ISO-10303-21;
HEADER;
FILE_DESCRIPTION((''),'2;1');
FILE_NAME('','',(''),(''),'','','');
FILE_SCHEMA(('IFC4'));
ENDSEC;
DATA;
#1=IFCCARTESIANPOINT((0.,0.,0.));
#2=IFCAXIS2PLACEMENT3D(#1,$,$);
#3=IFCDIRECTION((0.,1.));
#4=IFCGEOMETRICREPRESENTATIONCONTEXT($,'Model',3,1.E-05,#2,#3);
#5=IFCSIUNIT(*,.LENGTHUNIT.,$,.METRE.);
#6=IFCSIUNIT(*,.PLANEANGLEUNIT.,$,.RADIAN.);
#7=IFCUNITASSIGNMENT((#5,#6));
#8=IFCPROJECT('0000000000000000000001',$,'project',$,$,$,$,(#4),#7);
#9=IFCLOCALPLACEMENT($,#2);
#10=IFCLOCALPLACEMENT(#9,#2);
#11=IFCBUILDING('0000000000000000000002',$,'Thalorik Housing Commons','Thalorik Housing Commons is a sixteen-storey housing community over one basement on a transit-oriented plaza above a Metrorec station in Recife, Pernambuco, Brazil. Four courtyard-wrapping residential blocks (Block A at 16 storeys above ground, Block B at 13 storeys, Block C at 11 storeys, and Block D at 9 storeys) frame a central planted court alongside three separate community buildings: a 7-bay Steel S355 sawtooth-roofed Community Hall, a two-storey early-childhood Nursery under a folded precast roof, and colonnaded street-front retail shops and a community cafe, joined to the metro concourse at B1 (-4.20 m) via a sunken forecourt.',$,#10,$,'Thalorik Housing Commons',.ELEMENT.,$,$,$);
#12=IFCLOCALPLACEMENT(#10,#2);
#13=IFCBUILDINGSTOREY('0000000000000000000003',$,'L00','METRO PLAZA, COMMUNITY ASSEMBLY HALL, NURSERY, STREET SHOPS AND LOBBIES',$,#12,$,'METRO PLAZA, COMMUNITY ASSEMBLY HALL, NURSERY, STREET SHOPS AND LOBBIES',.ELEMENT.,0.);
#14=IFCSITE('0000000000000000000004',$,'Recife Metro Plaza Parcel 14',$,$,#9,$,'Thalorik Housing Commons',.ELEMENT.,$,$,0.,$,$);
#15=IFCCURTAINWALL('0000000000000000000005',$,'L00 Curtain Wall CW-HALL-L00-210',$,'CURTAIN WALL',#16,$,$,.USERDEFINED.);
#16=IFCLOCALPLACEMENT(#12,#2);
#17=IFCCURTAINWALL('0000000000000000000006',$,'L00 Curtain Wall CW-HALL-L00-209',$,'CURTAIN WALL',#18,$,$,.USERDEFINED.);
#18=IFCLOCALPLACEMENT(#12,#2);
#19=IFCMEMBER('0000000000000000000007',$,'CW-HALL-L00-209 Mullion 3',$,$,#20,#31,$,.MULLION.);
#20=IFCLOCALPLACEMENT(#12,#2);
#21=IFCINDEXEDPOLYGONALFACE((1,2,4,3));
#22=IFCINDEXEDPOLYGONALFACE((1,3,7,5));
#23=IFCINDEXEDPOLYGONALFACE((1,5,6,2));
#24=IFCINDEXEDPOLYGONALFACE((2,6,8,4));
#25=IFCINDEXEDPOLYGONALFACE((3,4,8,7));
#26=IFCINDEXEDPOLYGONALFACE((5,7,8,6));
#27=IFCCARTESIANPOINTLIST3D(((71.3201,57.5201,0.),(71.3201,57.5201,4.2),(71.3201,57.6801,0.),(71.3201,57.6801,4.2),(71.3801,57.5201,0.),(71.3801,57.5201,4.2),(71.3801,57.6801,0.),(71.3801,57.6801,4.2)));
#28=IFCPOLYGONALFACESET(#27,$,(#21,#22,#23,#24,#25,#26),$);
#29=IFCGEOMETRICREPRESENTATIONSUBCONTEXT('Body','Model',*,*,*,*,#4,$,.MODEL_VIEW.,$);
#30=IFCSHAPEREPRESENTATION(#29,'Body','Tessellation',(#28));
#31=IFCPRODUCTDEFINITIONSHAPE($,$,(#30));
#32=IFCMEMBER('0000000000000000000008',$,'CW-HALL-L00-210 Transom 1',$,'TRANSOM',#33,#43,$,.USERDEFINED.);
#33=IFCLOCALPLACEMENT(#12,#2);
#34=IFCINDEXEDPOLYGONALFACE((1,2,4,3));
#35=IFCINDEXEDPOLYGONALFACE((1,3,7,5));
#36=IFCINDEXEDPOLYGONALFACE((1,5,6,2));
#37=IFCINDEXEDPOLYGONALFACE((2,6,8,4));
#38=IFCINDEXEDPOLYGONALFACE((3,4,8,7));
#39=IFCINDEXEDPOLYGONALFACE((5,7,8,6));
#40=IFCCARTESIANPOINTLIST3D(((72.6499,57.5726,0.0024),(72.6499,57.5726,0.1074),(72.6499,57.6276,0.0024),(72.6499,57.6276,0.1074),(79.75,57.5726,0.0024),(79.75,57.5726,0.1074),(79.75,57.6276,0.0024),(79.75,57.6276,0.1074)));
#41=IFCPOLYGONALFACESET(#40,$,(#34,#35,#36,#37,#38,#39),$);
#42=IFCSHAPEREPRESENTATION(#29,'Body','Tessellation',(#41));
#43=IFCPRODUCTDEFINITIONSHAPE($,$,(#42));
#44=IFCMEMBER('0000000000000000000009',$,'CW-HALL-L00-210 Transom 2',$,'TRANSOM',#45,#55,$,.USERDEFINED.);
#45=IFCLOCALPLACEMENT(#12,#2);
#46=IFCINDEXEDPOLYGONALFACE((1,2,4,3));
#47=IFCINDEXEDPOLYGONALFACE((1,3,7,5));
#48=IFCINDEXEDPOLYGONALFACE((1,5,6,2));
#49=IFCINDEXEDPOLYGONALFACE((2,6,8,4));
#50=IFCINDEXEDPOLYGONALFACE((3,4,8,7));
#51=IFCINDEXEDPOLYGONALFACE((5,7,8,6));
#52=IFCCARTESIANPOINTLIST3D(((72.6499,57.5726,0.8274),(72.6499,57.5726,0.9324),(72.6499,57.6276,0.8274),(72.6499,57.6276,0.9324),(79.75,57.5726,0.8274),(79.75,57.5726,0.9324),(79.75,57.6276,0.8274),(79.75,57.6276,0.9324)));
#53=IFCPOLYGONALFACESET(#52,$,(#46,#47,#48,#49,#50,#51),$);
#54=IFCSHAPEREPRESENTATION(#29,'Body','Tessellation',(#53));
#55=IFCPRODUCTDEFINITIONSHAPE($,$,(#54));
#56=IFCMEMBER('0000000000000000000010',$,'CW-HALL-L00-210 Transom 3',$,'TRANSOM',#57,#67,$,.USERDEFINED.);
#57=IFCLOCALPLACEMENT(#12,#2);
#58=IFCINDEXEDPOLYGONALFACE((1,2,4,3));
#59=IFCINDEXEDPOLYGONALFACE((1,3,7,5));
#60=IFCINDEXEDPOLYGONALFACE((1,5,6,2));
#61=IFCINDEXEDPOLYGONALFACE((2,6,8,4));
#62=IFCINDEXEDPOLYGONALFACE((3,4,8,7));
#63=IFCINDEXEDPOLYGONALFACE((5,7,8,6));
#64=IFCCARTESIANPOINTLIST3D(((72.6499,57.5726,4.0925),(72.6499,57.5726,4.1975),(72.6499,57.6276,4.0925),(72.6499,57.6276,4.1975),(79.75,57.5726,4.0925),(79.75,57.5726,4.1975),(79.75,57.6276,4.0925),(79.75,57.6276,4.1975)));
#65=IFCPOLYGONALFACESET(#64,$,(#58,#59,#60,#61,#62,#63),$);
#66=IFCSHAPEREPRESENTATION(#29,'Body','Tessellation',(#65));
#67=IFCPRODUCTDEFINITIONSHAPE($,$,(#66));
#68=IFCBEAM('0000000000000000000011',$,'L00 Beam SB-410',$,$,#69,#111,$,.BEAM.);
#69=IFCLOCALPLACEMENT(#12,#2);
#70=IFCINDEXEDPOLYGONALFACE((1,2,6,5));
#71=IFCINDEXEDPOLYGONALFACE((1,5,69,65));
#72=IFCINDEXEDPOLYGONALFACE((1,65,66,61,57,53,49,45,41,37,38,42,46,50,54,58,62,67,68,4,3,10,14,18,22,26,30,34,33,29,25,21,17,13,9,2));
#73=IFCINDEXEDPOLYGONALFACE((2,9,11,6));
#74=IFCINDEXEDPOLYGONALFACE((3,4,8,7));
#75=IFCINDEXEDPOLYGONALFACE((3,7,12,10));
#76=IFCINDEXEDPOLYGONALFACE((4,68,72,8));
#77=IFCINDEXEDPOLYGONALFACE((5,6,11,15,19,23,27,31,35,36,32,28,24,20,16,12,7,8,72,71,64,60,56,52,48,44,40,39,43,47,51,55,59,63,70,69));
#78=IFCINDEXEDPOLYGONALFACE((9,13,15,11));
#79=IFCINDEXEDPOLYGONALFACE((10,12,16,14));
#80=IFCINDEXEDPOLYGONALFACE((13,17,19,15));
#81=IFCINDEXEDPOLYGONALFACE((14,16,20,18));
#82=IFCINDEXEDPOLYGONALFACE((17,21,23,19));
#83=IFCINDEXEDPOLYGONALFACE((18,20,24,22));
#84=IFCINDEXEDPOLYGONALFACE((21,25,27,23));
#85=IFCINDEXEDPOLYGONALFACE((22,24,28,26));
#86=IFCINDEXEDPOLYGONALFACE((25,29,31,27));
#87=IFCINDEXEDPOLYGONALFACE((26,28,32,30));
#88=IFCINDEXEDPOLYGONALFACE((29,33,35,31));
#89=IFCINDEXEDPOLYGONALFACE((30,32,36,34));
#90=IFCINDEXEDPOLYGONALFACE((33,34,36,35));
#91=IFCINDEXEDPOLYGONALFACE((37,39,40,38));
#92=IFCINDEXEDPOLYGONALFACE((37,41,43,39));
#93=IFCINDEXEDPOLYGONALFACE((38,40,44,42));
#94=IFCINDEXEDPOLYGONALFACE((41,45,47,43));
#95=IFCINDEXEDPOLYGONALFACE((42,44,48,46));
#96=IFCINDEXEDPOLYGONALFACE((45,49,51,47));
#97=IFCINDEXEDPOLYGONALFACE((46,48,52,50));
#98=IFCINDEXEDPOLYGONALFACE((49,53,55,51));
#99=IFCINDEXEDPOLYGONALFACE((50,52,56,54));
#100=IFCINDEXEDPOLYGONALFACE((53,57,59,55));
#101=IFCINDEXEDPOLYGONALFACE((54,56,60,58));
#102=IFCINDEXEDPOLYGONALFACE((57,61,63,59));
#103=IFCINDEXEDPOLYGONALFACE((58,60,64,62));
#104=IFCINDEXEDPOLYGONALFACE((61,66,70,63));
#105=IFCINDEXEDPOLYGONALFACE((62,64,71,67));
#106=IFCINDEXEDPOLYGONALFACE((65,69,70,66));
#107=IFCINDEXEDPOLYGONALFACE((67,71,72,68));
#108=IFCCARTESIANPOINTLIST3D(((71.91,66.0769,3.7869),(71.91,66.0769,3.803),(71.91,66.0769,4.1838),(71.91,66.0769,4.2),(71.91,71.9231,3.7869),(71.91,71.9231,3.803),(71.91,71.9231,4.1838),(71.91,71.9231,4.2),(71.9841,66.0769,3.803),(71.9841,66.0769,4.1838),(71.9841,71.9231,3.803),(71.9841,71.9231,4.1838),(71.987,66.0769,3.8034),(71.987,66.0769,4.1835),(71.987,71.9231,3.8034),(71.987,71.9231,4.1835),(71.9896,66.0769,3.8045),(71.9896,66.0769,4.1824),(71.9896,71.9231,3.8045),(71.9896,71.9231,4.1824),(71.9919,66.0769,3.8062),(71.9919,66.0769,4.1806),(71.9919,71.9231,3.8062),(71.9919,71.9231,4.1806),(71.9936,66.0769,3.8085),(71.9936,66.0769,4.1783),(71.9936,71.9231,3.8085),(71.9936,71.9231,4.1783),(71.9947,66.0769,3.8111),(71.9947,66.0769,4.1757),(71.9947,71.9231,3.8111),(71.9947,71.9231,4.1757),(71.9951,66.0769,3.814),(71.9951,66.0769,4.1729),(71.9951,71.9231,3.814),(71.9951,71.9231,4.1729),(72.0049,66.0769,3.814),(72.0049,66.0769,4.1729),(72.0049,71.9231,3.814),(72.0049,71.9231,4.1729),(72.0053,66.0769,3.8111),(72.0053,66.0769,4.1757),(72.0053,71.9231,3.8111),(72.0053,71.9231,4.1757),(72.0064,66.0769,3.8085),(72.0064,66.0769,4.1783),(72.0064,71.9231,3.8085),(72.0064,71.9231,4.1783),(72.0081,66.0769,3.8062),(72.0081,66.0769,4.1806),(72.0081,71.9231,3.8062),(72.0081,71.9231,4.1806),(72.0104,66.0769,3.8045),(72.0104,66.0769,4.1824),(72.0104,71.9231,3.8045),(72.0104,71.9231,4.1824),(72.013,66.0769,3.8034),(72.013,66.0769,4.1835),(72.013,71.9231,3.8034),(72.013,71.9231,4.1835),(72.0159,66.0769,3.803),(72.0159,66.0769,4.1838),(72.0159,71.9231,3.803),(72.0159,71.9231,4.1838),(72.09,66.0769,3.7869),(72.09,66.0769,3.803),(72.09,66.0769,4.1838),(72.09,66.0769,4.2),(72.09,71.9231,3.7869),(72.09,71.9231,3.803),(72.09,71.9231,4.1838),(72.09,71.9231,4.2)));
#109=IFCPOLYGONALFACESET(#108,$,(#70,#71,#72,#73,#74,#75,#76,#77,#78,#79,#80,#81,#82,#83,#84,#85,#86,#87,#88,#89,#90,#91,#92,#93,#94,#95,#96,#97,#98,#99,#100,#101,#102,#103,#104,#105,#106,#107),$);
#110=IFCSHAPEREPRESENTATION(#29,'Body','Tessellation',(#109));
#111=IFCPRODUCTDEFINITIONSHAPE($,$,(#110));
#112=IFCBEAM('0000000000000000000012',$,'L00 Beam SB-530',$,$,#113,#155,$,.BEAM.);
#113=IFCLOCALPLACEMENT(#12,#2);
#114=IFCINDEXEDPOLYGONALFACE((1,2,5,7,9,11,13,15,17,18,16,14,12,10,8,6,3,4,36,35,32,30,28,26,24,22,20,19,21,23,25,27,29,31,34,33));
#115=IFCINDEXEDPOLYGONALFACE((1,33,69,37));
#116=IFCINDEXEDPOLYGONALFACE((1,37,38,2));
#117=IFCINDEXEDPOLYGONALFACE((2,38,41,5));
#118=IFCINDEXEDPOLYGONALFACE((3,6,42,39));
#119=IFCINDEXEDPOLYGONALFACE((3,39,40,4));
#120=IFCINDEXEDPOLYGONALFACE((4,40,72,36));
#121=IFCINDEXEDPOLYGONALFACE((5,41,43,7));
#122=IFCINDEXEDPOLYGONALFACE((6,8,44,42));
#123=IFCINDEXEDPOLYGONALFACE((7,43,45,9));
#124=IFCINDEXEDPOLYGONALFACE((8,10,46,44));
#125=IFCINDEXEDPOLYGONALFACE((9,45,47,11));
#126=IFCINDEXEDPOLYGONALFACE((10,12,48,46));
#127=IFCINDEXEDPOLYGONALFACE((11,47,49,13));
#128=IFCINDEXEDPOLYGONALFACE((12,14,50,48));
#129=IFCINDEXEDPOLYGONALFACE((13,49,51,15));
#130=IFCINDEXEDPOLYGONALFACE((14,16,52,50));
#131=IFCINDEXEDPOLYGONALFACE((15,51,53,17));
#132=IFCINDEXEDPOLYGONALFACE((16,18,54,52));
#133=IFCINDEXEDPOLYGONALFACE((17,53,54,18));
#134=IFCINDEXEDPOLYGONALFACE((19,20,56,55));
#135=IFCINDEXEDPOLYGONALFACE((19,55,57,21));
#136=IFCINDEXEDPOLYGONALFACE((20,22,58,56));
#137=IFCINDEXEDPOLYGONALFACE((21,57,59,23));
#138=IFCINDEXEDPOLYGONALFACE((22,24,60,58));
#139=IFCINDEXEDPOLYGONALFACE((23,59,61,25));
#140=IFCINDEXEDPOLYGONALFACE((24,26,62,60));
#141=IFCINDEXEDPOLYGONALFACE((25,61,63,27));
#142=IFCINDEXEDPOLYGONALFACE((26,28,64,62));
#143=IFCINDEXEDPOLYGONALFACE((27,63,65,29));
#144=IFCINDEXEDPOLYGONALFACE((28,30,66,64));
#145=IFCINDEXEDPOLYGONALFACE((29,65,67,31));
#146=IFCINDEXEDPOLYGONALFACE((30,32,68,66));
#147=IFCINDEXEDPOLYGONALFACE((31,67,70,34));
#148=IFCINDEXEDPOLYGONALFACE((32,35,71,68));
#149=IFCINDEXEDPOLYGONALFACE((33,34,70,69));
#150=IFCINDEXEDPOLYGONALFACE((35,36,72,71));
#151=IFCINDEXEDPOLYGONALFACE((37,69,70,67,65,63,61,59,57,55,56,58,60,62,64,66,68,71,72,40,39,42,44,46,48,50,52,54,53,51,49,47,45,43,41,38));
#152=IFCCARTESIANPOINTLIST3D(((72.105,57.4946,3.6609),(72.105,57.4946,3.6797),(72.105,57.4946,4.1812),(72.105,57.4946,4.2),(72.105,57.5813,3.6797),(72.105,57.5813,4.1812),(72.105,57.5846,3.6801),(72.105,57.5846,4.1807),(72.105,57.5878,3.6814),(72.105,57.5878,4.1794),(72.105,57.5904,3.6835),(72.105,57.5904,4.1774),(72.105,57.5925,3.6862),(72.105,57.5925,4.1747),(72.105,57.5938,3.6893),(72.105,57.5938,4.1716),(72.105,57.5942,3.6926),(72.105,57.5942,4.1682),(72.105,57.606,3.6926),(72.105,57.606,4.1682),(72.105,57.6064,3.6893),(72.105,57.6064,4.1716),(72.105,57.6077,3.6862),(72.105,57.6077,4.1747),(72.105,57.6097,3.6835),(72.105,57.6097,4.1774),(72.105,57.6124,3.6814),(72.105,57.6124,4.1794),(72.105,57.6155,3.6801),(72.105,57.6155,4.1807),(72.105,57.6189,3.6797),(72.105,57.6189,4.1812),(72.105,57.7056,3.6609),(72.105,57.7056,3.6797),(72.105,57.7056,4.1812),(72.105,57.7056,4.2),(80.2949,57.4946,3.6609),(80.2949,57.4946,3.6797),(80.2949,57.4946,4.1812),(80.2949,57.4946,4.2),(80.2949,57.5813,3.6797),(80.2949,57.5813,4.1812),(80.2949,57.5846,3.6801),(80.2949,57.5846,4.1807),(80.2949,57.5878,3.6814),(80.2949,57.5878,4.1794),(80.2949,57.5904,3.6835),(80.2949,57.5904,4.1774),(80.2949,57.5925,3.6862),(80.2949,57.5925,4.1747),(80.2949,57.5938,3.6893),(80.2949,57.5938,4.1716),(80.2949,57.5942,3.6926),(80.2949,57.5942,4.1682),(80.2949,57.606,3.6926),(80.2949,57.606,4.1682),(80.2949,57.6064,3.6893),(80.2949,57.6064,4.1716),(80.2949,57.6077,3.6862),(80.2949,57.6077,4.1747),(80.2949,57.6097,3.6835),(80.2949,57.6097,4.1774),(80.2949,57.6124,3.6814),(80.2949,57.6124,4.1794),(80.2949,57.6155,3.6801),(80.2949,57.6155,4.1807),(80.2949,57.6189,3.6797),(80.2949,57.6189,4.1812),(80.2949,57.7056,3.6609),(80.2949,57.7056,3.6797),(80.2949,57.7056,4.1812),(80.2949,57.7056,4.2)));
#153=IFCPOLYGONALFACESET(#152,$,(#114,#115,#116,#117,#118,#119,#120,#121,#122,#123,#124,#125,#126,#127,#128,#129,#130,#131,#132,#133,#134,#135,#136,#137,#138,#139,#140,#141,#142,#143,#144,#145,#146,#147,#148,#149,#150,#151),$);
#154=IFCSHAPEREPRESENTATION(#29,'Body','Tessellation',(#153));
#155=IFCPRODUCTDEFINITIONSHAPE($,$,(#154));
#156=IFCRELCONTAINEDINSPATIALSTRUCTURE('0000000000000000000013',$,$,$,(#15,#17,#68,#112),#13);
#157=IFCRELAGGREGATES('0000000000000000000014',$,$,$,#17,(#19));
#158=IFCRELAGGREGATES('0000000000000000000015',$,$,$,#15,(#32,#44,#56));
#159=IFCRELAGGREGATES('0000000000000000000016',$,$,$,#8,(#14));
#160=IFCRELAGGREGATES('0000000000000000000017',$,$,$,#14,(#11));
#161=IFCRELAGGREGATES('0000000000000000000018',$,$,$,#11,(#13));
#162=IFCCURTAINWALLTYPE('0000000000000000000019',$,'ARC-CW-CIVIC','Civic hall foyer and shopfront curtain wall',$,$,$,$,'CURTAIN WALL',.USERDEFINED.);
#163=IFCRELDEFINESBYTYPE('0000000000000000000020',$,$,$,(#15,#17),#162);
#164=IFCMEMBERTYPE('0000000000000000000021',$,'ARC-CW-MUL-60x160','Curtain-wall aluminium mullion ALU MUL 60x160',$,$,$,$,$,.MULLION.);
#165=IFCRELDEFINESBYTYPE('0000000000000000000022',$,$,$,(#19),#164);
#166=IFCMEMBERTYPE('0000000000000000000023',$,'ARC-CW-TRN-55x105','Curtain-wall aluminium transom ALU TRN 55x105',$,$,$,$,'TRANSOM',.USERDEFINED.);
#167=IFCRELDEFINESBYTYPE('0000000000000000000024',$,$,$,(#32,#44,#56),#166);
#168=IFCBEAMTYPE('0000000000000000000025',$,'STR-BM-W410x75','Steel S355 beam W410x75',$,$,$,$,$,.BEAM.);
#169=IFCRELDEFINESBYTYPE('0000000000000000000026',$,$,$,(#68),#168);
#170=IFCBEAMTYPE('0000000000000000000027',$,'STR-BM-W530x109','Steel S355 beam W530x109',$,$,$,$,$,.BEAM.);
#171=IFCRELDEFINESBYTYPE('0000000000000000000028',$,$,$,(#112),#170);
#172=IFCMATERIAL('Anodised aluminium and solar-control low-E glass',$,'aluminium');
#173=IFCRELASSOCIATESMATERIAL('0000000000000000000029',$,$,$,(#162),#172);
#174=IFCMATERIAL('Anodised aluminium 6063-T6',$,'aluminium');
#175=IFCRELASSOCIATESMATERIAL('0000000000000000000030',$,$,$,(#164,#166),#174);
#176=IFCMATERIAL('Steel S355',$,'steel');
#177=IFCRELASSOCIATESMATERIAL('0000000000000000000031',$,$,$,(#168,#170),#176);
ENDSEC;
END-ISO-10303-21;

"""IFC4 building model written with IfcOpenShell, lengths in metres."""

from ifc_helpers import new_model, si_unit, direction, frame, origin, origin_2d, place, context, subcontext, project, spatial, rectangle, i_section, extrude, material, material_profile, profile_set, type_object, element, aggregate, save


model = new_model("IFC4")

# Units and contexts
model_context = context("Model", 3, precision=1e-05, world=origin(), true_north=direction((0.0, 1.0)))
body_context = subcontext(model_context, "Body", "Model", "MODEL_VIEW")
ifc_project = project(units=[si_unit("LENGTHUNIT", "METRE"), si_unit("PLANEANGLEUNIT", "RADIAN")], contexts=[model_context])

# Site, building, storey
site_placement = place(None, origin())
site = spatial("IfcSite", under=ifc_project, at=site_placement, Name="Recife Metro Plaza Parcel 14", LongName="Thalorik Housing Commons", CompositionType="ELEMENT", RefElevation=0.0)
building_placement = place(site_placement, origin())
building = spatial("IfcBuilding", under=site, at=building_placement, Name="Thalorik Housing Commons", Description="Thalorik Housing Commons is a sixteen-storey housing community over one basement on a transit-oriented plaza above a Metrorec station in Recife, Pernambuco, Brazil. Four courtyard-wrapping residential blocks (Block A at 16 storeys above ground, Block B at 13 storeys, Block C at 11 storeys, and Block D at 9 storeys) frame a central planted court alongside three separate community buildings: a 7-bay Steel S355 sawtooth-roofed Community Hall, a two-storey early-childhood Nursery under a folded precast roof, and colonnaded street-front retail shops and a community cafe, joined to the metro concourse at B1 (-4.20 m) via a sunken forecourt.", LongName="Thalorik Housing Commons", CompositionType="ELEMENT")
storey_placement = place(building_placement, origin())
storey = spatial("IfcBuildingStorey", under=building, at=storey_placement, Name="L00", Description="METRO PLAZA, COMMUNITY ASSEMBLY HALL, NURSERY, STREET SHOPS AND LOBBIES", LongName="METRO PLAZA, COMMUNITY ASSEMBLY HALL, NURSERY, STREET SHOPS AND LOBBIES", CompositionType="ELEMENT", Elevation=0.0)

# Shared definitions
ifc_material_1 = material(Name="Steel S355", Category="steel")

# Curtain walls, member
ifc_material_2 = material(Name="Anodised aluminium and solar-control low-E glass", Category="aluminium")
curtain_wall_type = type_object("IfcCurtainWallType", Name="ARC-CW-CIVIC", Description="Civic hall foyer and shopfront curtain wall", ElementType="CURTAIN WALL", PredefinedType="USERDEFINED", material=ifc_material_2)
curtain_wall_1_placement = place(storey_placement, origin())
curtain_wall_1 = element("IfcCurtainWall", 1, at=curtain_wall_1_placement, inside=storey, type_object=curtain_wall_type, Name="L00 Curtain Wall CW-HALL-L00-210", ObjectType="CURTAIN WALL", PredefinedType="USERDEFINED")
ifc_material_3 = material(Name="Anodised aluminium 6063-T6", Category="aluminium")
curtain_wall_2_placement = place(storey_placement, origin())
curtain_wall_2 = element("IfcCurtainWall", 2, at=curtain_wall_2_placement, inside=storey, type_object=curtain_wall_type, Name="L00 Curtain Wall CW-HALL-L00-209", ObjectType="CURTAIN WALL", PredefinedType="USERDEFINED")
ifc_material_profile_1 = material_profile(ifc_material_3, rectangle(XDim=0.0601, YDim=0.1599, at=origin_2d()), Name="ALU MUL 60x160", Category="aluminium")
ifc_profile_set_1 = profile_set([ifc_material_profile_1], Name="Anodised aluminium 6063-T6")
member_type_1 = type_object("IfcMemberType", Name="ARC-CW-MUL-60x160", Description="Curtain-wall aluminium mullion ALU MUL 60x160", PredefinedType="MULLION", material=ifc_profile_set_1)
member_1_placement = place(storey_placement, frame((71.3501, 57.6001, 0.0), z_axis=(0.0, 0.0, 1.0), x_axis=(1.0, 0.0, 0.0)))
member_1 = element("IfcMember", 3, at=member_1_placement, type_object=member_type_1, Name="CW-HALL-L00-209 Mullion 3", PredefinedType="MULLION", context=body_context, shape_type="SweptSolid", body=[
    extrude(rectangle(XDim=0.0601, YDim=0.1599, at=origin_2d()), origin(), (0.0, 0.0, 1.0), 4.2),
])

# Members
ifc_material_profile_2 = material_profile(ifc_material_3, rectangle(XDim=0.0549, YDim=0.105, at=origin_2d()), Name="ALU TRN 55x105", Category="aluminium")
ifc_profile_set_2 = profile_set([ifc_material_profile_2], Name="Anodised aluminium 6063-T6")
member_type_2 = type_object("IfcMemberType", Name="ARC-CW-TRN-55x105", Description="Curtain-wall aluminium transom ALU TRN 55x105", ElementType="TRANSOM", PredefinedType="USERDEFINED", material=ifc_profile_set_2)
member_2_placement = place(storey_placement, frame((72.6499, 57.6001, 0.0549), z_axis=(1.0, 0.0, 0.0), x_axis=(0.0, 1.0, 0.0)))
member_2 = element("IfcMember", 4, at=member_2_placement, type_object=member_type_2, Name="CW-HALL-L00-210 Transom 1", ObjectType="TRANSOM", PredefinedType="USERDEFINED", context=body_context, shape_type="SweptSolid", body=[
    extrude(rectangle(XDim=0.0549, YDim=0.105, at=origin_2d()), origin(), (0.0, 0.0, 1.0), 7.1001),
])
member_3_placement = place(storey_placement, frame((72.6499, 57.6001, 0.8799), z_axis=(1.0, 0.0, 0.0), x_axis=(0.0, 1.0, 0.0)))
member_3 = element("IfcMember", 5, at=member_3_placement, type_object=member_type_2, Name="CW-HALL-L00-210 Transom 2", ObjectType="TRANSOM", PredefinedType="USERDEFINED", context=body_context, shape_type="SweptSolid", body=[
    extrude(rectangle(XDim=0.0549, YDim=0.105, at=origin_2d()), origin(), (0.0, 0.0, 1.0), 7.1001),
])
member_4_placement = place(storey_placement, frame((72.6499, 57.6001, 4.145), z_axis=(1.0, 0.0, 0.0), x_axis=(0.0, 1.0, 0.0)))
member_4 = element("IfcMember", 6, at=member_4_placement, type_object=member_type_2, Name="CW-HALL-L00-210 Transom 3", ObjectType="TRANSOM", PredefinedType="USERDEFINED", context=body_context, shape_type="SweptSolid", body=[
    extrude(rectangle(XDim=0.0549, YDim=0.105, at=origin_2d()), origin(), (0.0, 0.0, 1.0), 7.1001),
])

# Beams
ifc_material_profile_3 = material_profile(ifc_material_1, i_section(OverallWidth=0.1799, OverallDepth=0.4131, WebThickness=0.0098, FlangeThickness=0.0161, FilletRadius=0.011, at=origin_2d()), Name="W410x75", Category="steel")
ifc_profile_set_3 = profile_set([ifc_material_profile_3], Name="Steel S355")
beam_type_1 = type_object("IfcBeamType", Name="STR-BM-W410x75", Description="Steel S355 beam W410x75", PredefinedType="BEAM", material=ifc_profile_set_3)
beam_1_placement = place(storey_placement, frame((72.0, 66.0769, 3.9934), z_axis=(0.0, 1.0, 0.0), x_axis=(-1.0, 0.0, 0.0)))
element("IfcBeam", 7, at=beam_1_placement, inside=storey, type_object=beam_type_1, Name="L00 Beam SB-410", PredefinedType="BEAM", context=body_context, shape_type="SweptSolid", body=[
    extrude(i_section(OverallWidth=0.1799, OverallDepth=0.4131, WebThickness=0.0098, FlangeThickness=0.0161, FilletRadius=0.011, at=origin_2d()), origin(), (0.0, 0.0, 1.0), 5.8462),
])
ifc_material_profile_4 = material_profile(ifc_material_1, i_section(OverallWidth=0.2109, OverallDepth=0.5391, WebThickness=0.0117, FlangeThickness=0.0188, FilletRadius=0.0129, at=origin_2d()), Name="W530x109", Category="steel")
ifc_profile_set_4 = profile_set([ifc_material_profile_4], Name="Steel S355")
beam_type_2 = type_object("IfcBeamType", Name="STR-BM-W530x109", Description="Steel S355 beam W530x109", PredefinedType="BEAM", material=ifc_profile_set_4)
beam_2_placement = place(storey_placement, frame((72.105, 57.6001, 3.9304), z_axis=(1.0, 0.0, 0.0), x_axis=(0.0, 1.0, 0.0)))
element("IfcBeam", 8, at=beam_2_placement, inside=storey, type_object=beam_type_2, Name="L00 Beam SB-530", PredefinedType="BEAM", context=body_context, shape_type="SweptSolid", body=[
    extrude(i_section(OverallWidth=0.2109, OverallDepth=0.5391, WebThickness=0.0117, FlangeThickness=0.0188, FilletRadius=0.0129, at=origin_2d()), origin(), (0.0, 0.0, 1.0), 8.1899),
])

aggregate(curtain_wall_2, [member_1])
aggregate(curtain_wall_1, [member_2, member_3, member_4])

save(model, "model.ifc")
